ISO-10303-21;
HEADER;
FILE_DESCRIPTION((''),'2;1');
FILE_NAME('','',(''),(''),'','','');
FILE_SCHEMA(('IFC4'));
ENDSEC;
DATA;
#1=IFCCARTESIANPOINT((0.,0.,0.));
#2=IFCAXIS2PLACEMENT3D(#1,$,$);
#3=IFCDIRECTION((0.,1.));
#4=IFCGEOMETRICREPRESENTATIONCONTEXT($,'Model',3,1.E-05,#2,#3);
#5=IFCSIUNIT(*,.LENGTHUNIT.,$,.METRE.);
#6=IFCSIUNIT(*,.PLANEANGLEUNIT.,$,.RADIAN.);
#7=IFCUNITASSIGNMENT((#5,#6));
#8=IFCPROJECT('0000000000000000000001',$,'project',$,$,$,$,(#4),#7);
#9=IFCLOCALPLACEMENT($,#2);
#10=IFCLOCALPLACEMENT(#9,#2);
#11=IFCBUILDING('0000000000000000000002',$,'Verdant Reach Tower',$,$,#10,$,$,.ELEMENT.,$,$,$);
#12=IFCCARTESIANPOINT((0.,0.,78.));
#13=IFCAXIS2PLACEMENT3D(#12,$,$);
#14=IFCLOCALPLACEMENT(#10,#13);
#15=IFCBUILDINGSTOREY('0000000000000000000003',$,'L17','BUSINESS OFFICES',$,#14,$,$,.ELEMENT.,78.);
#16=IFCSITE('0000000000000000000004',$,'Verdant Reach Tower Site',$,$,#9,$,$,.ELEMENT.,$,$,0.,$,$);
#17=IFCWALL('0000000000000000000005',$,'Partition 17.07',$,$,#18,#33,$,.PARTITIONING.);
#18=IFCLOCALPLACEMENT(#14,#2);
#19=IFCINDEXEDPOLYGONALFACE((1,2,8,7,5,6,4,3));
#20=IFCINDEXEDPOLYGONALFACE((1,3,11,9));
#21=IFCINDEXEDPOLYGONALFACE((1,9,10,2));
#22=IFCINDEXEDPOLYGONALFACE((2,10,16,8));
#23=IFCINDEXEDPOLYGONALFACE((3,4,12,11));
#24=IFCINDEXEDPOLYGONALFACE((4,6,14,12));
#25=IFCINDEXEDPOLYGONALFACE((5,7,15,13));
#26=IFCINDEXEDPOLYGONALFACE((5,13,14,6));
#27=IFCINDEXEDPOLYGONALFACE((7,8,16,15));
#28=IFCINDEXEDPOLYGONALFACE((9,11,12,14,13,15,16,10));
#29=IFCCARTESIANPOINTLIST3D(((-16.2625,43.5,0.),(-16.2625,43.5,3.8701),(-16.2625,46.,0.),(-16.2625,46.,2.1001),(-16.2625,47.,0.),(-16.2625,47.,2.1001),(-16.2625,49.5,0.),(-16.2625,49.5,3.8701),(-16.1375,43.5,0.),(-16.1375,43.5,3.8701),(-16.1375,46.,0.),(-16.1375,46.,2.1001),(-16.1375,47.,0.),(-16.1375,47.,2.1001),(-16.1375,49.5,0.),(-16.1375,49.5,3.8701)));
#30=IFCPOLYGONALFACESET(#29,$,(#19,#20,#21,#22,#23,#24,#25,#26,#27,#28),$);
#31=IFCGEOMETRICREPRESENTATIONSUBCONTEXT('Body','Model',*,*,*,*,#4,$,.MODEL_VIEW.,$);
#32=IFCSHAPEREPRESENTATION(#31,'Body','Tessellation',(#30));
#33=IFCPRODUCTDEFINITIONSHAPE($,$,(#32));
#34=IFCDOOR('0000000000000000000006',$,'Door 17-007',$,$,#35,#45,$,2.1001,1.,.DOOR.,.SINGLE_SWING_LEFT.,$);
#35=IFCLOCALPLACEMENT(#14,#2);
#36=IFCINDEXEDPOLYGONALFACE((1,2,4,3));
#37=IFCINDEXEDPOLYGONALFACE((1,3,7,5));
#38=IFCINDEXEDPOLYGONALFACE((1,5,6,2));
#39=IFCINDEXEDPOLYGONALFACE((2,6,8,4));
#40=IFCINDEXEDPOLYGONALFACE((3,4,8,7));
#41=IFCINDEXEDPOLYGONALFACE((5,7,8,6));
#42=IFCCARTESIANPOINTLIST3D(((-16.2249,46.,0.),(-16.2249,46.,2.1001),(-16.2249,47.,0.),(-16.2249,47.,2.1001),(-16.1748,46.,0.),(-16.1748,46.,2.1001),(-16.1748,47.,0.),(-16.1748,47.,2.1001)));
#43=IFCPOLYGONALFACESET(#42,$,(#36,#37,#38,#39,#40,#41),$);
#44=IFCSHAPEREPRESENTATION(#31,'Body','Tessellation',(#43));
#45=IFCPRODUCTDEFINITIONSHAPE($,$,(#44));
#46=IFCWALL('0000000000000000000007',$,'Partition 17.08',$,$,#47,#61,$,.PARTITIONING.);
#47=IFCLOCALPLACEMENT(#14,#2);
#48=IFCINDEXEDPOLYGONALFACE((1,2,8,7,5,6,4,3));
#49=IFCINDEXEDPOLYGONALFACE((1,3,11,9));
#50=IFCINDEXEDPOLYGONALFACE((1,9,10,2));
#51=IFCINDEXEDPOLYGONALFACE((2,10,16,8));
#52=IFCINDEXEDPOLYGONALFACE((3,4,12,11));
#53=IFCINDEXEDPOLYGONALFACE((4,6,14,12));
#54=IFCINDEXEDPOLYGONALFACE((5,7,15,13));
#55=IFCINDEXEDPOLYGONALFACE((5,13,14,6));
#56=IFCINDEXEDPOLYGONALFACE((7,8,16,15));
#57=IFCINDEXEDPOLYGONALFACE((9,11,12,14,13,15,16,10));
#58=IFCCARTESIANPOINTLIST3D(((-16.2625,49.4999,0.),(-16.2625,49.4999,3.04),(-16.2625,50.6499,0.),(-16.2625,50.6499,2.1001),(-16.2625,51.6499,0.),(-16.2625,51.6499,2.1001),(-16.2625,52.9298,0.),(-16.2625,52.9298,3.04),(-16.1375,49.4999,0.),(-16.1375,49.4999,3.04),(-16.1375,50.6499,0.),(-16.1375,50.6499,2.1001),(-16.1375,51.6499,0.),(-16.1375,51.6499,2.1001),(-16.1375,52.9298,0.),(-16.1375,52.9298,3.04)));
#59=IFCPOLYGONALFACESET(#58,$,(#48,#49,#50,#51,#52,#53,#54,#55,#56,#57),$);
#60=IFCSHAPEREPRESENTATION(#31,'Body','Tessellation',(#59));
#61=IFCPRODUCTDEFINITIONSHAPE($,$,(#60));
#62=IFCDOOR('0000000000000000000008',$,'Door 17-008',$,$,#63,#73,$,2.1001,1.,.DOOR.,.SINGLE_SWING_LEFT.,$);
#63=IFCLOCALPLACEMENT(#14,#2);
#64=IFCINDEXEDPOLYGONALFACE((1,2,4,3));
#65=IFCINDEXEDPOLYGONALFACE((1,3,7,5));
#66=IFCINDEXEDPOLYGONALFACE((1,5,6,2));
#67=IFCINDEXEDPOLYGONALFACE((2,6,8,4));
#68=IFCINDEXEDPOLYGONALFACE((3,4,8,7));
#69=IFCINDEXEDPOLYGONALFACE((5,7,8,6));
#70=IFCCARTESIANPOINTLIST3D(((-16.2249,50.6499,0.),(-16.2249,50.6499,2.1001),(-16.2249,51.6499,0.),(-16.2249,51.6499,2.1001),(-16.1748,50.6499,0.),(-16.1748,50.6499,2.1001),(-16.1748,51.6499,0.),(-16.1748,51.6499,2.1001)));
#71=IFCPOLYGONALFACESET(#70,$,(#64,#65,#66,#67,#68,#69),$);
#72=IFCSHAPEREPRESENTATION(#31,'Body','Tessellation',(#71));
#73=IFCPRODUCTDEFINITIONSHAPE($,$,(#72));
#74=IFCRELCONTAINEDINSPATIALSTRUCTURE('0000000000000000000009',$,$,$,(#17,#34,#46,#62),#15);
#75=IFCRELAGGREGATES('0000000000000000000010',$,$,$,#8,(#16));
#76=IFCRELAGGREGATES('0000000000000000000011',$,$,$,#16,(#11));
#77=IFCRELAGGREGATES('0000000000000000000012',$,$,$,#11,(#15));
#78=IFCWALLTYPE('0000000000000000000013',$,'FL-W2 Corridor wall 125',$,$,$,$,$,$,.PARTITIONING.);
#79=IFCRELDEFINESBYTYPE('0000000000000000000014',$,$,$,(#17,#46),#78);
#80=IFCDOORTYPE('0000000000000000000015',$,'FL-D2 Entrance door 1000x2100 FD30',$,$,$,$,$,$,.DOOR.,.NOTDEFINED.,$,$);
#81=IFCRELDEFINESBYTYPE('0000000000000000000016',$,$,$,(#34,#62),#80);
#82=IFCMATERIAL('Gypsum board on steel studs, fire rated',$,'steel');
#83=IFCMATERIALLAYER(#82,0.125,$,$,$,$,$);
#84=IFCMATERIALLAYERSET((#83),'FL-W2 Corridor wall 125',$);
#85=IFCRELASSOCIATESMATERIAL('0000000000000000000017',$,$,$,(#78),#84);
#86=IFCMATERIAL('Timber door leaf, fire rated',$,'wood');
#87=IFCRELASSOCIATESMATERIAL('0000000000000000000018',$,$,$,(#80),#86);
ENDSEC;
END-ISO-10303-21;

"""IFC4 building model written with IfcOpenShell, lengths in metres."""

from ifc_helpers import new_model, si_unit, direction, frame, frame_2d, origin, place, context, subcontext, project, spatial, rectangle, extrude, material, layer, layer_set, type_object, element, fill, save


model = new_model("IFC4")

# Units and contexts
model_context = context("Model", 3, precision=1e-05, world=origin(), true_north=direction((0.0, 1.0)))
body_context = subcontext(model_context, "Body", "Model", "MODEL_VIEW")
ifc_project = project(units=[si_unit("LENGTHUNIT", "METRE"), si_unit("PLANEANGLEUNIT", "RADIAN")], contexts=[model_context])

# Site, building, storey
site_placement = place(None, origin())
site = spatial("IfcSite", under=ifc_project, at=site_placement, Name="Verdant Reach Tower Site", CompositionType="ELEMENT", RefElevation=0.0)
building_placement = place(site_placement, origin())
building = spatial("IfcBuilding", under=site, at=building_placement, Name="Verdant Reach Tower", CompositionType="ELEMENT")
storey_placement = place(building_placement, frame((0.0, 0.0, 78.0)))
storey = spatial("IfcBuildingStorey", under=building, at=storey_placement, Name="L17", Description="BUSINESS OFFICES", CompositionType="ELEMENT", Elevation=78.0)

# Walls, openings, doors
ifc_material_1 = material(Name="Gypsum board on steel studs, fire rated", Category="steel")
ifc_layer_1 = layer(ifc_material_1, 0.125)
ifc_layer_set_1 = layer_set([ifc_layer_1], Name="FL-W2 Corridor wall 125")
wall_type_1 = type_object("IfcWallType", Name="FL-W2 Corridor wall 125", PredefinedType="PARTITIONING", material=ifc_layer_set_1)
wall_1_placement = place(storey_placement, frame((-16.2, 43.5, 0.0), z_axis=(0.0, 0.0, 1.0), x_axis=(0.0, 1.0, 0.0)))
wall_1 = element("IfcWall", 1, at=wall_1_placement, inside=storey, type_object=wall_type_1, Name="Partition 17.07", PredefinedType="PARTITIONING", context=body_context, shape_type="SweptSolid", body=[
    extrude(rectangle(XDim=6.0, YDim=0.125, at=frame_2d((3.0, 0.0))), origin(), (0.0, 0.0, 1.0), 3.8701),
])
opening_1_placement = place(wall_1_placement, frame((2.5, 0.0, 0.0)))
opening_1 = element("IfcOpeningElement", 2, at=opening_1_placement, cuts=wall_1, PredefinedType="OPENING", context=body_context, shape_type="SweptSolid", body=[
    extrude(rectangle(XDim=1.0, YDim=2.1001, at=frame_2d((0.5, 1.05))), frame((0.0, 0.0725, 0.0), z_axis=(0.0, -1.0, 0.0), x_axis=(1.0, 0.0, 0.0)), (0.0, 0.0, 1.0), 0.145),
])
ifc_material_2 = material(Name="Timber door leaf, fire rated", Category="wood")
door_type = type_object("IfcDoorType", Name="FL-D2 Entrance door 1000x2100 FD30", OperationType="NOTDEFINED", PredefinedType="DOOR", material=ifc_material_2)
door_1_placement = place(opening_1_placement, origin())
door_1 = element("IfcDoor", 3, at=door_1_placement, inside=storey, type_object=door_type, Name="Door 17-007", OperationType="SINGLE_SWING_LEFT", OverallHeight=2.1001, OverallWidth=1.0, PredefinedType="DOOR", context=body_context, shape_type="SweptSolid", body=[
    extrude(rectangle(XDim=1.0, YDim=2.1001, at=frame_2d((0.5, 1.05))), frame((0.0, 0.0249, 0.0), z_axis=(0.0, -1.0, 0.0), x_axis=(1.0, 0.0, 0.0)), (0.0, 0.0, 1.0), 0.05),
])
fill(opening_1, door_1)
wall_2_placement = place(storey_placement, frame((-16.2, 49.5, 0.0), z_axis=(0.0, 0.0, 1.0), x_axis=(0.0, 1.0, 0.0)))
wall_2 = element("IfcWall", 4, at=wall_2_placement, inside=storey, type_object=wall_type_1, Name="Partition 17.08", PredefinedType="PARTITIONING", context=body_context, shape_type="SweptSolid", body=[
    extrude(rectangle(XDim=3.4299, YDim=0.125, at=frame_2d((1.7148, 0.0))), origin(), (0.0, 0.0, 1.0), 3.04),
])
opening_2_placement = place(wall_2_placement, frame((1.1499, 0.0, 0.0)))
opening_2 = element("IfcOpeningElement", 5, at=opening_2_placement, cuts=wall_2, PredefinedType="OPENING", context=body_context, shape_type="SweptSolid", body=[
    extrude(rectangle(XDim=1.0, YDim=2.1001, at=frame_2d((0.5, 1.05))), frame((0.0, 0.0725, 0.0), z_axis=(0.0, -1.0, 0.0), x_axis=(1.0, 0.0, 0.0)), (0.0, 0.0, 1.0), 0.145),
])
door_2_placement = place(opening_2_placement, origin())
door_2 = element("IfcDoor", 6, at=door_2_placement, inside=storey, type_object=door_type, Name="Door 17-008", OperationType="SINGLE_SWING_LEFT", OverallHeight=2.1001, OverallWidth=1.0, PredefinedType="DOOR", context=body_context, shape_type="SweptSolid", body=[
    extrude(rectangle(XDim=1.0, YDim=2.1001, at=frame_2d((0.5, 1.05))), frame((0.0, 0.0249, 0.0), z_axis=(0.0, -1.0, 0.0), x_axis=(1.0, 0.0, 0.0)), (0.0, 0.0, 1.0), 0.05),
])
fill(opening_2, door_2)

save(model, "model.ifc")
